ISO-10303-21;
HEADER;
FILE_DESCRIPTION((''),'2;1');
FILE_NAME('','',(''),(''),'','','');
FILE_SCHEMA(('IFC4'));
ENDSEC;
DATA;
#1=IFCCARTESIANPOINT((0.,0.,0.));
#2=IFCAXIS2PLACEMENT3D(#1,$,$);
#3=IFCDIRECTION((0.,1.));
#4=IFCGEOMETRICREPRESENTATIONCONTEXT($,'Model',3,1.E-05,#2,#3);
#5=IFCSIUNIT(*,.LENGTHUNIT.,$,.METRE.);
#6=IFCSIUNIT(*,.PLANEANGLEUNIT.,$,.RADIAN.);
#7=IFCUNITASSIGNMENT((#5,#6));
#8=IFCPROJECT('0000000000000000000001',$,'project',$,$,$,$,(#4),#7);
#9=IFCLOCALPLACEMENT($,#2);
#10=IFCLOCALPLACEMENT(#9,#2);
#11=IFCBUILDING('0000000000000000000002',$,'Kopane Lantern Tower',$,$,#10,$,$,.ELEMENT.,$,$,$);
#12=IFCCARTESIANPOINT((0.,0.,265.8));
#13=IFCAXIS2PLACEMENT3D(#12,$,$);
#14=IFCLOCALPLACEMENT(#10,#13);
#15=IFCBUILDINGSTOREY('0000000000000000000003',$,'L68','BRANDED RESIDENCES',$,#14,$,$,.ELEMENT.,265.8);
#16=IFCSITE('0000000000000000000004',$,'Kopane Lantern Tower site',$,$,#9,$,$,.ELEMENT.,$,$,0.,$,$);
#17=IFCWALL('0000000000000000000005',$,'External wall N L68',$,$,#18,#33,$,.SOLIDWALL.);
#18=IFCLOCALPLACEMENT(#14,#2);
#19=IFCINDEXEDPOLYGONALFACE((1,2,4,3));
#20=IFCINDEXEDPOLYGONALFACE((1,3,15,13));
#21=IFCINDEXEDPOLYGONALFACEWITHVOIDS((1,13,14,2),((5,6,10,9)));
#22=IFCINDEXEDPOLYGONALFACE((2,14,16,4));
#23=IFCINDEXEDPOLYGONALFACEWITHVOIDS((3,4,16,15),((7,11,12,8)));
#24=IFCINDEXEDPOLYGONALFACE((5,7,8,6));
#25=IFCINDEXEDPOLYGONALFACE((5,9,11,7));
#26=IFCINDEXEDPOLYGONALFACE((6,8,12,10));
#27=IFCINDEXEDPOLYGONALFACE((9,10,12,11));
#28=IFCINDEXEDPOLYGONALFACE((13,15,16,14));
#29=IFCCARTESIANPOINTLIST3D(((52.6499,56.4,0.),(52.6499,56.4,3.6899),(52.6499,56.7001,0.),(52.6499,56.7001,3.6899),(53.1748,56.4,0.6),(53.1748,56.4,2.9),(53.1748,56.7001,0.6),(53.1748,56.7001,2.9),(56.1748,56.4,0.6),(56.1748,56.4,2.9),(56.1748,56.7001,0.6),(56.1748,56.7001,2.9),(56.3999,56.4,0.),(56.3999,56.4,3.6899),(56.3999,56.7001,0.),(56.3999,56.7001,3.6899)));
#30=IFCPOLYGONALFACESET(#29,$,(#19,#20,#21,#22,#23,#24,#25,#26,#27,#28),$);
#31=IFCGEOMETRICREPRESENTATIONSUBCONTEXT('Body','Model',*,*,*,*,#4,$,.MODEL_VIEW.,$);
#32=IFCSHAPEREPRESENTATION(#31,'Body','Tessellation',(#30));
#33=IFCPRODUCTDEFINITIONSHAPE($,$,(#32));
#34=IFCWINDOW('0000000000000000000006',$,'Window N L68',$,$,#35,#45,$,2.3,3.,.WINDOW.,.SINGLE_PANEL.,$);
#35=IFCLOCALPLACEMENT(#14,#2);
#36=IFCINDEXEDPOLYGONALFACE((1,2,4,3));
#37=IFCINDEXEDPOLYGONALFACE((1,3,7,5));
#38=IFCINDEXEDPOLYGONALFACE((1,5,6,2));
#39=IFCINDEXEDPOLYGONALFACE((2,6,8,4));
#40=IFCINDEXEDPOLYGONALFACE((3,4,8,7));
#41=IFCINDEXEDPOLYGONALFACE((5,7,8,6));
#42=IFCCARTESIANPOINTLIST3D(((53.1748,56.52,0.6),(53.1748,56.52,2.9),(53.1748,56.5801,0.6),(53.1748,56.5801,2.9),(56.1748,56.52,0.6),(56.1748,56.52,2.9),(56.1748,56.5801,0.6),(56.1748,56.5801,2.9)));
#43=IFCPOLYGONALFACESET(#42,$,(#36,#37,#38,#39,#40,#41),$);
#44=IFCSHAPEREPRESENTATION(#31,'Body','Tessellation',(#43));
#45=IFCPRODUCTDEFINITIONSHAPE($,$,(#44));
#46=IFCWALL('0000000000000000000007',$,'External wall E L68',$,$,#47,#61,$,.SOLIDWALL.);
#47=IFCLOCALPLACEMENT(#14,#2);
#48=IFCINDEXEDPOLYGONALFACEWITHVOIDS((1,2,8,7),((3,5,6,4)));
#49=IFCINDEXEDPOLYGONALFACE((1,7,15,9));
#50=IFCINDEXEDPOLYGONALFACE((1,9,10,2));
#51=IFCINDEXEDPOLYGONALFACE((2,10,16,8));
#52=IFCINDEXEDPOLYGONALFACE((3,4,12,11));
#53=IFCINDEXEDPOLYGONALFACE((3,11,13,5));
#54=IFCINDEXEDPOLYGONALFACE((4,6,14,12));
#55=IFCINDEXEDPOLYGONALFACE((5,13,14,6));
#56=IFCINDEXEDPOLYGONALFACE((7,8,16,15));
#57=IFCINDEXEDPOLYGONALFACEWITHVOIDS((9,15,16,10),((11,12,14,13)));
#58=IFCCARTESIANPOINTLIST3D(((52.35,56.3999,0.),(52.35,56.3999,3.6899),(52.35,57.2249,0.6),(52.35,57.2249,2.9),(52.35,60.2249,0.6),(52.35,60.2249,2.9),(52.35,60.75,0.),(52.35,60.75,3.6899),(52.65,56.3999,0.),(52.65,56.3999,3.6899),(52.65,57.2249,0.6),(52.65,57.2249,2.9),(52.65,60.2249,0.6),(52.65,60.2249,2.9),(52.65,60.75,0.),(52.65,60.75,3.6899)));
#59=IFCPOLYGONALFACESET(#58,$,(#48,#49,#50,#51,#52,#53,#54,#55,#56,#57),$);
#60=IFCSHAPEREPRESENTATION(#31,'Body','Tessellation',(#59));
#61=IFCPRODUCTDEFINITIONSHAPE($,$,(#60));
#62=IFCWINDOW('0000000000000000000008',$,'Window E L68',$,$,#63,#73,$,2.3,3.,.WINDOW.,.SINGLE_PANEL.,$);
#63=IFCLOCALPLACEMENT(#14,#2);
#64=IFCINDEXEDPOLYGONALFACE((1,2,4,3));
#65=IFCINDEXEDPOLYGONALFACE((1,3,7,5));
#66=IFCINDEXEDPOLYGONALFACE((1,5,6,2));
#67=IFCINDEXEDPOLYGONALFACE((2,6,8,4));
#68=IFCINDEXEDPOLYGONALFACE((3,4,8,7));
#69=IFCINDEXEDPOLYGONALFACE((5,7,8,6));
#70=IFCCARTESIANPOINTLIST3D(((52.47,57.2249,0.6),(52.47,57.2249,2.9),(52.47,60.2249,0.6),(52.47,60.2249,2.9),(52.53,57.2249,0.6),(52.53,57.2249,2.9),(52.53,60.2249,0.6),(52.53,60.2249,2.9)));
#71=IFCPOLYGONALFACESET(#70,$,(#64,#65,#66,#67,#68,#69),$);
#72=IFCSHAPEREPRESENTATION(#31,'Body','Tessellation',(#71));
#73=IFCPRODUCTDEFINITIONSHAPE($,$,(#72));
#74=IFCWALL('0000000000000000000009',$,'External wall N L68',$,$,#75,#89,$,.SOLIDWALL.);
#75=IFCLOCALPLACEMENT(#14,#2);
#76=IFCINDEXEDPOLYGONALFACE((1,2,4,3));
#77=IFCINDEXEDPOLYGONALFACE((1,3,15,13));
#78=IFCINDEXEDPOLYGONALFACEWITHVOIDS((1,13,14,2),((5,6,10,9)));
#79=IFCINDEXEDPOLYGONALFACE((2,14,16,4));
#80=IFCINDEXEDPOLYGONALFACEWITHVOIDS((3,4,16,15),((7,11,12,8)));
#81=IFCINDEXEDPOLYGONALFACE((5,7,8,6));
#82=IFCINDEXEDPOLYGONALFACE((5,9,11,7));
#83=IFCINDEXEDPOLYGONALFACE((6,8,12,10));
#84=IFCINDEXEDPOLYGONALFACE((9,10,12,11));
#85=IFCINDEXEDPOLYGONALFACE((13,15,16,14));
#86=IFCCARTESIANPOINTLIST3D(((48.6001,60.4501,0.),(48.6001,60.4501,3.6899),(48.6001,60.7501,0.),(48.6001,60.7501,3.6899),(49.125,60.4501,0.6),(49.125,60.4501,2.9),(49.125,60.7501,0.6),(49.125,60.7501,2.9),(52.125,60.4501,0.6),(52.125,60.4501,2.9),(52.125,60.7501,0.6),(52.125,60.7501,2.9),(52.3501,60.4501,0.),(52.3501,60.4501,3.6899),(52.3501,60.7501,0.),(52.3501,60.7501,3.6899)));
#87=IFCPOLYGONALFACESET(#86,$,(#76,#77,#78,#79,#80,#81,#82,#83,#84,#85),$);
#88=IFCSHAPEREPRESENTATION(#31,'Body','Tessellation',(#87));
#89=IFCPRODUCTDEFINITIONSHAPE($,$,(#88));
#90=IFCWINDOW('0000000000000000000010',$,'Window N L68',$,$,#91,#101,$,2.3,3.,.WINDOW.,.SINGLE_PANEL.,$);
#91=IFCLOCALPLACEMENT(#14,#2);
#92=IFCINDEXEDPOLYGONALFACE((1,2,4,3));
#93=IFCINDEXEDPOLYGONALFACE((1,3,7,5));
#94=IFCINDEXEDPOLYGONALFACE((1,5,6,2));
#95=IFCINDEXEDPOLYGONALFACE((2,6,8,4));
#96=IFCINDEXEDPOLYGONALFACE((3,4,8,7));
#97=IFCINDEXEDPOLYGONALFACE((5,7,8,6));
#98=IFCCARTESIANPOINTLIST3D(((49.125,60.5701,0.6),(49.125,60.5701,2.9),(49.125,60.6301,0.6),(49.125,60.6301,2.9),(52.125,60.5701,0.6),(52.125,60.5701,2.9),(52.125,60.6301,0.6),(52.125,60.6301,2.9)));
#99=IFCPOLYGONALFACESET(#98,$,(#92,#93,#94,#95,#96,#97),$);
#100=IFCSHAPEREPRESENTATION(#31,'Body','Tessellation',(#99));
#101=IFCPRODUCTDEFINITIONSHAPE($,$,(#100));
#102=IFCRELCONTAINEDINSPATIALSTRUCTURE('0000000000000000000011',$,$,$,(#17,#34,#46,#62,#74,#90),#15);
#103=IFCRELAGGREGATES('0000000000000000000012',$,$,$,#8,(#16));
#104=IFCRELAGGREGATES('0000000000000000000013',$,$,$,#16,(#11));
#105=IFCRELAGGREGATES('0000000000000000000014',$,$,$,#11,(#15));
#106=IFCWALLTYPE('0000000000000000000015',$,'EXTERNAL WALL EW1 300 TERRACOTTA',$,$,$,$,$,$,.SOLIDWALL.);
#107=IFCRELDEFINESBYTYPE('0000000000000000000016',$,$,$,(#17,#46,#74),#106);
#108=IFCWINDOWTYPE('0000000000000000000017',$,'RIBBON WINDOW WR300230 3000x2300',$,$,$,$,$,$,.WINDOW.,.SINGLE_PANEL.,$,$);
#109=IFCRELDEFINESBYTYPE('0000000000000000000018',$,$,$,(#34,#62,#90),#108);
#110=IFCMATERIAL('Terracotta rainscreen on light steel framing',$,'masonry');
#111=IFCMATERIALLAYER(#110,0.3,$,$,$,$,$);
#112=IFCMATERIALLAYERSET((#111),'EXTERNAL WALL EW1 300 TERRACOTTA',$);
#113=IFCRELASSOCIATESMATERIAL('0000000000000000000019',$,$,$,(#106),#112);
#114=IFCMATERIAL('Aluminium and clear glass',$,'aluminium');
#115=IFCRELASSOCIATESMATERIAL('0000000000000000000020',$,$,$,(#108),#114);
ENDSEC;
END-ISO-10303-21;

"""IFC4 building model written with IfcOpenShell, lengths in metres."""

from ifc_helpers import new_model, si_unit, direction, frame, frame_2d, origin, place, context, subcontext, project, spatial, rectangle, extrude, material, layer, layer_set, type_object, element, fill, save


model = new_model("IFC4")

# Units and contexts
model_context = context("Model", 3, precision=1e-05, world=origin(), true_north=direction((0.0, 1.0)))
body_context = subcontext(model_context, "Body", "Model", "MODEL_VIEW")
ifc_project = project(units=[si_unit("LENGTHUNIT", "METRE"), si_unit("PLANEANGLEUNIT", "RADIAN")], contexts=[model_context])

# Site, building, storey
site_placement = place(None, origin())
site = spatial("IfcSite", under=ifc_project, at=site_placement, Name="Kopane Lantern Tower site", CompositionType="ELEMENT", RefElevation=0.0)
building_placement = place(site_placement, origin())
building = spatial("IfcBuilding", under=site, at=building_placement, Name="Kopane Lantern Tower", CompositionType="ELEMENT")
storey_placement = place(building_placement, frame((0.0, 0.0, 265.8)))
storey = spatial("IfcBuildingStorey", under=building, at=storey_placement, Name="L68", Description="BRANDED RESIDENCES", CompositionType="ELEMENT", Elevation=265.8)

# Walls, openings, windows
ifc_material_1 = material(Name="Terracotta rainscreen on light steel framing", Category="masonry")
ifc_layer_1 = layer(ifc_material_1, 0.3)
ifc_layer_set_1 = layer_set([ifc_layer_1], Name="EXTERNAL WALL EW1 300 TERRACOTTA")
wall_type_1 = type_object("IfcWallType", Name="EXTERNAL WALL EW1 300 TERRACOTTA", PredefinedType="SOLIDWALL", material=ifc_layer_set_1)
wall_1_placement = place(storey_placement, frame((56.3999, 56.55, 0.0), z_axis=(0.0, 0.0, 1.0), x_axis=(-1.0, 0.0, 0.0)))
wall_1 = element("IfcWall", 1, at=wall_1_placement, inside=storey, type_object=wall_type_1, Name="External wall N L68", PredefinedType="SOLIDWALL", context=body_context, shape_type="SweptSolid", body=[
    extrude(rectangle(XDim=3.75, YDim=0.3, at=frame_2d((1.875, 0.0))), origin(), (0.0, 0.0, 1.0), 3.6899),
])
opening_1_placement = place(wall_1_placement, frame((0.2251, 0.0, 0.6001)))
opening_1 = element("IfcOpeningElement", 2, at=opening_1_placement, cuts=wall_1, PredefinedType="OPENING", context=body_context, shape_type="SweptSolid", body=[
    extrude(rectangle(XDim=3.0, YDim=2.3, at=frame_2d((1.5, 1.1499))), frame((0.0, 0.1599, 0.0), z_axis=(0.0, -1.0, 0.0), x_axis=(1.0, 0.0, 0.0)), (0.0, 0.0, 1.0), 0.3201),
])
ifc_material_2 = material(Name="Aluminium and clear glass", Category="aluminium")
window_type = type_object("IfcWindowType", Name="RIBBON WINDOW WR300230 3000x2300", PartitioningType="SINGLE_PANEL", PredefinedType="WINDOW", material=ifc_material_2)
window_1_placement = place(opening_1_placement, origin())
window_1 = element("IfcWindow", 3, at=window_1_placement, inside=storey, type_object=window_type, Name="Window N L68", OverallHeight=2.3, OverallWidth=3.0, PartitioningType="SINGLE_PANEL", PredefinedType="WINDOW", context=body_context, shape_type="SweptSolid", body=[
    extrude(rectangle(XDim=3.0, YDim=2.3, at=frame_2d((1.5, 1.1499))), frame((0.0, 0.03, 0.0), z_axis=(0.0, -1.0, 0.0), x_axis=(1.0, 0.0, 0.0)), (0.0, 0.0, 1.0), 0.0601),
])
fill(opening_1, window_1)
wall_2_placement = place(storey_placement, frame((52.5, 56.3999, 0.0), z_axis=(0.0, 0.0, 1.0), x_axis=(0.0, 1.0, 0.0)))
wall_2 = element("IfcWall", 4, at=wall_2_placement, inside=storey, type_object=wall_type_1, Name="External wall E L68", PredefinedType="SOLIDWALL", context=body_context, shape_type="SweptSolid", body=[
    extrude(rectangle(XDim=4.3501, YDim=0.3, at=frame_2d((2.175, 0.0))), origin(), (0.0, 0.0, 1.0), 3.6899),
])
opening_2_placement = place(wall_2_placement, frame((0.825, 0.0, 0.6001)))
opening_2 = element("IfcOpeningElement", 5, at=opening_2_placement, cuts=wall_2, PredefinedType="OPENING", context=body_context, shape_type="SweptSolid", body=[
    extrude(rectangle(XDim=3.0, YDim=2.3, at=frame_2d((1.5, 1.1499))), frame((0.0, 0.1599, 0.0), z_axis=(0.0, -1.0, 0.0), x_axis=(1.0, 0.0, 0.0)), (0.0, 0.0, 1.0), 0.3201),
])
window_2_placement = place(opening_2_placement, origin())
window_2 = element("IfcWindow", 6, at=window_2_placement, inside=storey, type_object=window_type, Name="Window E L68", OverallHeight=2.3, OverallWidth=3.0, PartitioningType="SINGLE_PANEL", PredefinedType="WINDOW", context=body_context, shape_type="SweptSolid", body=[
    extrude(rectangle(XDim=3.0, YDim=2.3, at=frame_2d((1.5, 1.1499))), frame((0.0, 0.03, 0.0), z_axis=(0.0, -1.0, 0.0), x_axis=(1.0, 0.0, 0.0)), (0.0, 0.0, 1.0), 0.0601),
])
fill(opening_2, window_2)
wall_3_placement = place(storey_placement, frame((52.3501, 60.6001, 0.0), z_axis=(0.0, 0.0, 1.0), x_axis=(-1.0, 0.0, 0.0)))
wall_3 = element("IfcWall", 7, at=wall_3_placement, inside=storey, type_object=wall_type_1, Name="External wall N L68", PredefinedType="SOLIDWALL", context=body_context, shape_type="SweptSolid", body=[
    extrude(rectangle(XDim=3.75, YDim=0.3, at=frame_2d((1.875, 0.0))), origin(), (0.0, 0.0, 1.0), 3.6899),
])
opening_3_placement = place(wall_3_placement, frame((0.2251, 0.0, 0.6001)))
opening_3 = element("IfcOpeningElement", 8, at=opening_3_placement, cuts=wall_3, PredefinedType="OPENING", context=body_context, shape_type="SweptSolid", body=[
    extrude(rectangle(XDim=3.0, YDim=2.3, at=frame_2d((1.5, 1.1499))), frame((0.0, 0.1599, 0.0), z_axis=(0.0, -1.0, 0.0), x_axis=(1.0, 0.0, 0.0)), (0.0, 0.0, 1.0), 0.3201),
])
window_3_placement = place(opening_3_placement, origin())
window_3 = element("IfcWindow", 9, at=window_3_placement, inside=storey, type_object=window_type, Name="Window N L68", OverallHeight=2.3, OverallWidth=3.0, PartitioningType="SINGLE_PANEL", PredefinedType="WINDOW", context=body_context, shape_type="SweptSolid", body=[
    extrude(rectangle(XDim=3.0, YDim=2.3, at=frame_2d((1.5, 1.1499))), frame((0.0, 0.03, 0.0), z_axis=(0.0, -1.0, 0.0), x_axis=(1.0, 0.0, 0.0)), (0.0, 0.0, 1.0), 0.0601),
])
fill(opening_3, window_3)

save(model, "model.ifc")
